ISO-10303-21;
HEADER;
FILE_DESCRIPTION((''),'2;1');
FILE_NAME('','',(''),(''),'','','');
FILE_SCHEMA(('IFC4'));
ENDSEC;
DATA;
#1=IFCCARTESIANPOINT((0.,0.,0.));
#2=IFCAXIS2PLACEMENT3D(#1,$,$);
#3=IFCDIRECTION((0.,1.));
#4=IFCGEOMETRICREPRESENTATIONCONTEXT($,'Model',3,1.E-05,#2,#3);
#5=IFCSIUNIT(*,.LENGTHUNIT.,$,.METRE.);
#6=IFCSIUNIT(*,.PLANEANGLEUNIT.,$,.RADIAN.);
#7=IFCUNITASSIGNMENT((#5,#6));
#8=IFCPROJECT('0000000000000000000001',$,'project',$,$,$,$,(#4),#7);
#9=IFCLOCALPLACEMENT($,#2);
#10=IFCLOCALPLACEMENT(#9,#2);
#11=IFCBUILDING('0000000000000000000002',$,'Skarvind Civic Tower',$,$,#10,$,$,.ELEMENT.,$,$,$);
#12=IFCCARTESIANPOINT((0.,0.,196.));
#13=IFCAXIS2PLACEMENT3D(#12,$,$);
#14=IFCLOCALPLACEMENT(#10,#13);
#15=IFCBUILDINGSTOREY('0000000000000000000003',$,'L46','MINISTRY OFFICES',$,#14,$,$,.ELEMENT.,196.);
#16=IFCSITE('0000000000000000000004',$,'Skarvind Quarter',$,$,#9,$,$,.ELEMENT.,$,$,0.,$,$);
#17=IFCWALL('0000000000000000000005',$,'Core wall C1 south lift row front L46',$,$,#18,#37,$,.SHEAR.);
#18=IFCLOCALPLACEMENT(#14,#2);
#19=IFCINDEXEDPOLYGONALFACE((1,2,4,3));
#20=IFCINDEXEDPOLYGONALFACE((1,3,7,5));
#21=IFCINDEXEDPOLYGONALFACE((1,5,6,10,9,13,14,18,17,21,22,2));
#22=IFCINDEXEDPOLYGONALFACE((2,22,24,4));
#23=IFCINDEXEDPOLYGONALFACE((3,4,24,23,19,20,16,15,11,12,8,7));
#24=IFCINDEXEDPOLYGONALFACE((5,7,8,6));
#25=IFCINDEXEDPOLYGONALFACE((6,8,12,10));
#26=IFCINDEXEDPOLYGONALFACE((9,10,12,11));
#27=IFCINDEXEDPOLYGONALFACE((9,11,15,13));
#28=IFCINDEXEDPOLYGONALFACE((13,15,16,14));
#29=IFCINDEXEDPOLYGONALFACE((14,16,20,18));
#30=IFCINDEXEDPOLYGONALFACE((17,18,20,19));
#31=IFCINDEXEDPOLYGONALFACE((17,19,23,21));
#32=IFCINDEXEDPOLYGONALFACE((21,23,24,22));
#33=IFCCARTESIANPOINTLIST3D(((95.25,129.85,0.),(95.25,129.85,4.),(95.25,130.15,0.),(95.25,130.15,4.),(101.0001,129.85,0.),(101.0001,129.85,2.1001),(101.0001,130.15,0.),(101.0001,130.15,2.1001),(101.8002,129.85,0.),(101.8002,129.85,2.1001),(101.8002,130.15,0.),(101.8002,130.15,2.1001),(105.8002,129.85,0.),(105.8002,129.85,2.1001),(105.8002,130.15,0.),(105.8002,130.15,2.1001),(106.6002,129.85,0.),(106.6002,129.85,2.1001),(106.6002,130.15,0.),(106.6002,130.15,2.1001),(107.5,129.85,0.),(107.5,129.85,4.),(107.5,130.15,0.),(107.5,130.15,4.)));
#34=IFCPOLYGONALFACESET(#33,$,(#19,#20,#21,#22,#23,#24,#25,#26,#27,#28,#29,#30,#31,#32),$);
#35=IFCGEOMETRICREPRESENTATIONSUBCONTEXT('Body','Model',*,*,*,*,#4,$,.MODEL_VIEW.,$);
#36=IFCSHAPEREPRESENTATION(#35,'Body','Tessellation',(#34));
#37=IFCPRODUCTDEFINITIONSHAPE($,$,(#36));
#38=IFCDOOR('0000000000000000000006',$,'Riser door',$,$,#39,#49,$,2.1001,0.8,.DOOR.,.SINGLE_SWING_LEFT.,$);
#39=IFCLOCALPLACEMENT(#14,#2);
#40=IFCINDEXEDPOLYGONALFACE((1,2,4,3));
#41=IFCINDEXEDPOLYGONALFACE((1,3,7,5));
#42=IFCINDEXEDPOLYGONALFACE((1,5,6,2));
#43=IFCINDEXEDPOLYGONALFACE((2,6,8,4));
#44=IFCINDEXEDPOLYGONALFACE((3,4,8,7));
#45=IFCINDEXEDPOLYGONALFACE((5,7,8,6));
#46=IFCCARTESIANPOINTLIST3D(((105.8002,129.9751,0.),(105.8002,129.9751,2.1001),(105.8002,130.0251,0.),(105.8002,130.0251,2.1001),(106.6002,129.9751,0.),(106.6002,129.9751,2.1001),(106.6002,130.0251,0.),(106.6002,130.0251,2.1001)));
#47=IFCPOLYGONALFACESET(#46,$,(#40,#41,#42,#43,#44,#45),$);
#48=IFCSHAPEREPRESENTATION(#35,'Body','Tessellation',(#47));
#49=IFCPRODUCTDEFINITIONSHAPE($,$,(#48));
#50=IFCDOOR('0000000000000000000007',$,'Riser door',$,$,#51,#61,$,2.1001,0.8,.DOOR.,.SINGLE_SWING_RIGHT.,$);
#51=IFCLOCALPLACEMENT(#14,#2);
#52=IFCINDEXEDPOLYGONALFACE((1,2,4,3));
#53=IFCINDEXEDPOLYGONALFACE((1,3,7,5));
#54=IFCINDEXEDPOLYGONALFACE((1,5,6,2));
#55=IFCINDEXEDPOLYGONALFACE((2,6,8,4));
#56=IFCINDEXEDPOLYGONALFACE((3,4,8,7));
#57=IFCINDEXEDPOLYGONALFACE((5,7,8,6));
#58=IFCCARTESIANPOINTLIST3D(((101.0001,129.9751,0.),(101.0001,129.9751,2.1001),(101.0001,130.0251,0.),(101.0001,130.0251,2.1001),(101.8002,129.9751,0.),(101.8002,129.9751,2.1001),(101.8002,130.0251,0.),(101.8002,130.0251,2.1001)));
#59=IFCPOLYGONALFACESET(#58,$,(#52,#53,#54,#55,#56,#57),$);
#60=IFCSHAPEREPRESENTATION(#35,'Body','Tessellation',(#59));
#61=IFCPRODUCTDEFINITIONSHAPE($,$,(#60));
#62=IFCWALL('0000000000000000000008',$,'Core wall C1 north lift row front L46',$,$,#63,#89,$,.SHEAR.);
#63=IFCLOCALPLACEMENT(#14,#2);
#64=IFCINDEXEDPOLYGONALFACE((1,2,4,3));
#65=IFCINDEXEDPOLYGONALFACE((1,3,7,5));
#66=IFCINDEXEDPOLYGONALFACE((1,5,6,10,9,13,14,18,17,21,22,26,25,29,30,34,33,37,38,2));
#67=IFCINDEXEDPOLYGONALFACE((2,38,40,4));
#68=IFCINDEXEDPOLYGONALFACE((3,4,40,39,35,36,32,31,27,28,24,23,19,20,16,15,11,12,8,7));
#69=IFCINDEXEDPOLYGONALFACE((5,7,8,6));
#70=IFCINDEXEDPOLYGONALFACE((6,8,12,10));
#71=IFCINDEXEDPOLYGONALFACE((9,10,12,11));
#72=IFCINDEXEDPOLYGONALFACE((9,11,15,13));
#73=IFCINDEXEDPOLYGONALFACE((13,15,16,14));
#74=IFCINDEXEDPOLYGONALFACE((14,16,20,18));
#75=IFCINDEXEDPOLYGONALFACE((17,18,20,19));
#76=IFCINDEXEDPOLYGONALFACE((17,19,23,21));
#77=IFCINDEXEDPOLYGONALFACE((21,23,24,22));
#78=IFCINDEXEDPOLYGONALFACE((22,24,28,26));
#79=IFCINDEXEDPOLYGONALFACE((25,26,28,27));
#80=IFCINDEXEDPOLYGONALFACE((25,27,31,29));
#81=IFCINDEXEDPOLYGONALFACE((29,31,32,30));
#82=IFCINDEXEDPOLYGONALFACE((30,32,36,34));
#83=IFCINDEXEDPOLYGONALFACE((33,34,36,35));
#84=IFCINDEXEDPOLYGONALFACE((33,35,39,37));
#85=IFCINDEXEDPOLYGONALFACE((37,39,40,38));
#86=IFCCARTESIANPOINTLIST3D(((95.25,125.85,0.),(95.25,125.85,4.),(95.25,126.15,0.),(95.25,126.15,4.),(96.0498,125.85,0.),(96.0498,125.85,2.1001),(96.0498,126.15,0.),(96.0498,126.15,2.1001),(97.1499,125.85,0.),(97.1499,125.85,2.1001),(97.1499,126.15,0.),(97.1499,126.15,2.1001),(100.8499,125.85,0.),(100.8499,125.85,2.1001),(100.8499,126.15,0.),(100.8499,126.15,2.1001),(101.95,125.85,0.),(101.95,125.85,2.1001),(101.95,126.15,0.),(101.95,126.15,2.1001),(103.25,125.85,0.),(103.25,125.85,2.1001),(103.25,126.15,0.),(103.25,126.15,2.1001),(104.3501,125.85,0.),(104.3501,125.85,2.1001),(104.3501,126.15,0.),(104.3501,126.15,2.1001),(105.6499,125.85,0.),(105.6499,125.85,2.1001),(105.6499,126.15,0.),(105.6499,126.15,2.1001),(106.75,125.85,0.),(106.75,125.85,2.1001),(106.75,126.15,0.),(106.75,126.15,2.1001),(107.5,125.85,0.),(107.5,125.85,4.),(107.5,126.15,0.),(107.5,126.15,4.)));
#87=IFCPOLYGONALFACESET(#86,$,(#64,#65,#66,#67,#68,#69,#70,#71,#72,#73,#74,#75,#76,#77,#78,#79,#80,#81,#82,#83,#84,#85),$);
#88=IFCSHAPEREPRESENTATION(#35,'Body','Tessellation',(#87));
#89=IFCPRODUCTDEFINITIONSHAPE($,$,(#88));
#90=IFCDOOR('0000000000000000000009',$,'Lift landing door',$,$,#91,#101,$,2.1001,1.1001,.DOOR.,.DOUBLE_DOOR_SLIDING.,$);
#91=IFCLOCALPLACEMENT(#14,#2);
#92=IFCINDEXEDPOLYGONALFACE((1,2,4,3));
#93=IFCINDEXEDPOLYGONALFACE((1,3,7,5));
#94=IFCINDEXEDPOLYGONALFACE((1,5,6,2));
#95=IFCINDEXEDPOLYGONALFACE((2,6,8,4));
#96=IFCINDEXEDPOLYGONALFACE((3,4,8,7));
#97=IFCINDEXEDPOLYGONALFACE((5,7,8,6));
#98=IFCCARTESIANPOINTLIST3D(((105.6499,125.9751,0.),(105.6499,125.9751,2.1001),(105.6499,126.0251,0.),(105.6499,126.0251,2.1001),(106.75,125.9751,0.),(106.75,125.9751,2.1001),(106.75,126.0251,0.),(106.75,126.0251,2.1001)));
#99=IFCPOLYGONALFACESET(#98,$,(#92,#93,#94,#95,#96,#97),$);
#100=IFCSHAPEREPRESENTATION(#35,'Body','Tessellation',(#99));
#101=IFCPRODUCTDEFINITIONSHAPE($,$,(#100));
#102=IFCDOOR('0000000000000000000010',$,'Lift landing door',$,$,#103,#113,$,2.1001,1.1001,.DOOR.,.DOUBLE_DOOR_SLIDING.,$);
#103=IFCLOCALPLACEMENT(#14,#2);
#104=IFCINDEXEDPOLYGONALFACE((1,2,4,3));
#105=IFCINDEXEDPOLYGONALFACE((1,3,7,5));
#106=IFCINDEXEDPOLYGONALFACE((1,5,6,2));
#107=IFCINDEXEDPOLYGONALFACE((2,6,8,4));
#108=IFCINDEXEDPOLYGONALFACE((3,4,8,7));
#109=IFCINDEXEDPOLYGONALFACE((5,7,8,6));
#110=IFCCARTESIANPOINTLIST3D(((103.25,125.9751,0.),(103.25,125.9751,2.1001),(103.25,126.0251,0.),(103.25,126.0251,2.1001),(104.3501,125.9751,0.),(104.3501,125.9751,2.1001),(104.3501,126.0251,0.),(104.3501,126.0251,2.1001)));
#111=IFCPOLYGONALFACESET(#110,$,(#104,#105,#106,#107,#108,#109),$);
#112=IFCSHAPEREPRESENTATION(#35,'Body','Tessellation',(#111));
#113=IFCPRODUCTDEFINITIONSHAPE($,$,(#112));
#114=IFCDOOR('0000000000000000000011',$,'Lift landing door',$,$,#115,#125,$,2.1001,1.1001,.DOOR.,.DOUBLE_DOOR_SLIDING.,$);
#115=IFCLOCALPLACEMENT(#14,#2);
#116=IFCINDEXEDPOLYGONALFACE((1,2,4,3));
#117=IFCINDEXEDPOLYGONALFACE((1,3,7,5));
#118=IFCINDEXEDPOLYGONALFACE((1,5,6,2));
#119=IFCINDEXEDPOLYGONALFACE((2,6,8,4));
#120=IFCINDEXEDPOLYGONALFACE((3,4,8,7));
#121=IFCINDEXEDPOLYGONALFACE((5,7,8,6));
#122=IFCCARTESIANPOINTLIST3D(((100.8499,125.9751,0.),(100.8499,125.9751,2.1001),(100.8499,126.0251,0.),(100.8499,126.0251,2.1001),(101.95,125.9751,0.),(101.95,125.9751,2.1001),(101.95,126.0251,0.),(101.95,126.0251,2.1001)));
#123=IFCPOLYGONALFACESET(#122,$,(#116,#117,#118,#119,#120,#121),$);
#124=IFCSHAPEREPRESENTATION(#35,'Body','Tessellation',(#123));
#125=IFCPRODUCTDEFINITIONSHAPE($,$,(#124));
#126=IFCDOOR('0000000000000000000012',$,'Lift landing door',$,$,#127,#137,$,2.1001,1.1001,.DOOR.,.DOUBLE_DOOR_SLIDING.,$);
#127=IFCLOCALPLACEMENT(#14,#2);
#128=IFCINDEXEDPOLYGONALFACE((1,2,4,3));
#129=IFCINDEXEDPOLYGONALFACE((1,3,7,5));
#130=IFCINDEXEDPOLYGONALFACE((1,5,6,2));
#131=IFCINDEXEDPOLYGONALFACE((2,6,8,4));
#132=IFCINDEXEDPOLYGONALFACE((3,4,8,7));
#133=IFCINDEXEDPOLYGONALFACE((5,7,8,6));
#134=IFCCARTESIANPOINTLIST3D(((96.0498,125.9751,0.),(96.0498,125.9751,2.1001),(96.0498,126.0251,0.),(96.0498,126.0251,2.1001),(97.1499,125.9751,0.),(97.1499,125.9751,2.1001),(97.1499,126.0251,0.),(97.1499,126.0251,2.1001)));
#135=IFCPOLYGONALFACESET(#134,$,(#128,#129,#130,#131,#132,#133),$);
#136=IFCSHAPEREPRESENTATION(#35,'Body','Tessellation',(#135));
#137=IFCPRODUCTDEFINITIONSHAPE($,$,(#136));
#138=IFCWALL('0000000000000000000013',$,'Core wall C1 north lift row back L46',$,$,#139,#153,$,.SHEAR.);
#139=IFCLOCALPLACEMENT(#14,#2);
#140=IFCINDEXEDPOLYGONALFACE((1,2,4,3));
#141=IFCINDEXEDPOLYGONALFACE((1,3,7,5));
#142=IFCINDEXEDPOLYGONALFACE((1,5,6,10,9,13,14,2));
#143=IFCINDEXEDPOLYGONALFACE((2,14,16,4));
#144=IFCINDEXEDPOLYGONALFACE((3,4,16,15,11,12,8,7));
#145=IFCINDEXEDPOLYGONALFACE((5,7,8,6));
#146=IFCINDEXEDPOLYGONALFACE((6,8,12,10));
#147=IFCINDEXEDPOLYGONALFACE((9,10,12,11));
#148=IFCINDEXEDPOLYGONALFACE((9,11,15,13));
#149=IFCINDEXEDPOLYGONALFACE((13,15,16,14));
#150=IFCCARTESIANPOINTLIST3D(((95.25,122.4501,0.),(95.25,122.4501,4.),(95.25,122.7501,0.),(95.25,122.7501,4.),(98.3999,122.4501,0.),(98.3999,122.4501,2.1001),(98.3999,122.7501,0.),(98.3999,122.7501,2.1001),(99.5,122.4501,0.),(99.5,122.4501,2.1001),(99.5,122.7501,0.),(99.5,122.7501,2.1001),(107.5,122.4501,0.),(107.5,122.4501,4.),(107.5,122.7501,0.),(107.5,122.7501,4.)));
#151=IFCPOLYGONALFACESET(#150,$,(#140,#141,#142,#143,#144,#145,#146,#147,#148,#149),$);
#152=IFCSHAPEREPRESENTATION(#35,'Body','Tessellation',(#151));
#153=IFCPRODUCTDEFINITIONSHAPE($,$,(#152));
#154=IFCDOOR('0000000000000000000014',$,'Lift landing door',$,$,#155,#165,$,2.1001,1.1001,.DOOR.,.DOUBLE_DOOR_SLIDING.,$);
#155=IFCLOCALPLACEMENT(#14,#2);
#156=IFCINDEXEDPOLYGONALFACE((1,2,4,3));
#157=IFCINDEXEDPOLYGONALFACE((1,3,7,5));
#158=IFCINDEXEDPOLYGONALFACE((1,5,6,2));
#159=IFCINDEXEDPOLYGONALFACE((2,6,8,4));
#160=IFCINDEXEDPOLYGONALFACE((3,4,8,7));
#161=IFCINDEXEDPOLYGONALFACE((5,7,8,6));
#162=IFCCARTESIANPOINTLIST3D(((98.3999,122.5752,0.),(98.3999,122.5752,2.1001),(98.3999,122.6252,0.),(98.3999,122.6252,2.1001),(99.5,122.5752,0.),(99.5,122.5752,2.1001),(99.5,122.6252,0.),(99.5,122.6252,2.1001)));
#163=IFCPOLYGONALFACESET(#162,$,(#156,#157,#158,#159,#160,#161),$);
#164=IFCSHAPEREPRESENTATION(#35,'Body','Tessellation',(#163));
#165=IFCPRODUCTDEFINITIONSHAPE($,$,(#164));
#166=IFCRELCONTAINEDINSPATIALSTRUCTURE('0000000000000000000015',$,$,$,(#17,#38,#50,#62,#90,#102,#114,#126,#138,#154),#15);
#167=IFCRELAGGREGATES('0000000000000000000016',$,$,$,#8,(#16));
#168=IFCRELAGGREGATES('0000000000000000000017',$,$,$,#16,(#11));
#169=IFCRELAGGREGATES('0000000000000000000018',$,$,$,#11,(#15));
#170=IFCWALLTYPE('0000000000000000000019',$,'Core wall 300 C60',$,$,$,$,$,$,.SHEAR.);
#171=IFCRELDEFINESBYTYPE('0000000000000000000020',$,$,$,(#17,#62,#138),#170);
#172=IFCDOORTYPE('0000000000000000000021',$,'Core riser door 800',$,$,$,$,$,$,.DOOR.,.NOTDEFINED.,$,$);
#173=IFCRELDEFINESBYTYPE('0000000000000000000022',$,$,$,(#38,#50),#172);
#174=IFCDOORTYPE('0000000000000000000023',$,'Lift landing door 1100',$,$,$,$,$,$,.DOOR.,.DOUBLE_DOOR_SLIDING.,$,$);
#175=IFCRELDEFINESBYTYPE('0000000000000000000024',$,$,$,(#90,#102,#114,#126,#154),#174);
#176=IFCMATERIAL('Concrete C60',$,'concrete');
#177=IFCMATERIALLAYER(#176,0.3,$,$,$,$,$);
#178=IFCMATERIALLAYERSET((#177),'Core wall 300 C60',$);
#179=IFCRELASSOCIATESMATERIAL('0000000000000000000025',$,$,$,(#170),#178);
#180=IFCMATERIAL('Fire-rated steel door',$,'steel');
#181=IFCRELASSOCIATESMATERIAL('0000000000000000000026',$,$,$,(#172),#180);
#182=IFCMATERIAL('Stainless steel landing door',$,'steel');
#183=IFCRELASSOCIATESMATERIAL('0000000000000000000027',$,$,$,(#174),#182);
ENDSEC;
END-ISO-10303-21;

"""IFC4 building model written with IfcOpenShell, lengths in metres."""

from ifc_helpers import new_model, si_unit, direction, frame, frame_2d, origin, place, context, subcontext, project, spatial, rectangle, extrude, material, layer, layer_set, type_object, element, fill, save


model = new_model("IFC4")

# Units and contexts
model_context = context("Model", 3, precision=1e-05, world=origin(), true_north=direction((0.0, 1.0)))
body_context = subcontext(model_context, "Body", "Model", "MODEL_VIEW")
ifc_project = project(units=[si_unit("LENGTHUNIT", "METRE"), si_unit("PLANEANGLEUNIT", "RADIAN")], contexts=[model_context])

# Site, building, storey
site_placement = place(None, origin())
site = spatial("IfcSite", under=ifc_project, at=site_placement, Name="Skarvind Quarter", CompositionType="ELEMENT", RefElevation=0.0)
building_placement = place(site_placement, origin())
building = spatial("IfcBuilding", under=site, at=building_placement, Name="Skarvind Civic Tower", CompositionType="ELEMENT")
storey_placement = place(building_placement, frame((0.0, 0.0, 196.0)))
storey = spatial("IfcBuildingStorey", under=building, at=storey_placement, Name="L46", Description="MINISTRY OFFICES", CompositionType="ELEMENT", Elevation=196.0)

# Walls, openings, doors
ifc_material_1 = material(Name="Concrete C60", Category="concrete")
ifc_layer_1 = layer(ifc_material_1, 0.3)
ifc_layer_set_1 = layer_set([ifc_layer_1], Name="Core wall 300 C60")
wall_type_1 = type_object("IfcWallType", Name="Core wall 300 C60", PredefinedType="SHEAR", material=ifc_layer_set_1)
wall_1_placement = place(storey_placement, frame((107.5, 130.0, 0.0), z_axis=(0.0, 0.0, 1.0), x_axis=(-1.0, 0.0, 0.0)))
wall_1 = element("IfcWall", 1, at=wall_1_placement, inside=storey, type_object=wall_type_1, Name="Core wall C1 south lift row front L46", PredefinedType="SHEAR", context=body_context, shape_type="SweptSolid", body=[
    extrude(rectangle(XDim=12.25, YDim=0.3, at=frame_2d((6.125, 0.0))), origin(), (0.0, 0.0, 1.0), 4.0),
])
opening_1_placement = place(wall_1_placement, frame((0.8999, 0.0, 0.0)))
opening_1 = element("IfcOpeningElement", 2, at=opening_1_placement, cuts=wall_1, PredefinedType="OPENING", context=body_context, shape_type="SweptSolid", body=[
    extrude(rectangle(XDim=0.8, YDim=2.1001, at=frame_2d((0.3999, 1.05))), frame((0.0, 0.1599, 0.0), z_axis=(0.0, -1.0, 0.0), x_axis=(1.0, 0.0, 0.0)), (0.0, 0.0, 1.0), 0.3201),
])
opening_2_placement = place(wall_1_placement, frame((5.7, 0.0, 0.0)))
opening_2 = element("IfcOpeningElement", 3, at=opening_2_placement, cuts=wall_1, PredefinedType="OPENING", context=body_context, shape_type="SweptSolid", body=[
    extrude(rectangle(XDim=0.8, YDim=2.1001, at=frame_2d((0.3999, 1.05))), frame((0.0, 0.1599, 0.0), z_axis=(0.0, -1.0, 0.0), x_axis=(1.0, 0.0, 0.0)), (0.0, 0.0, 1.0), 0.3201),
])
ifc_material_2 = material(Name="Fire-rated steel door", Category="steel")
door_type_1 = type_object("IfcDoorType", Name="Core riser door 800", OperationType="NOTDEFINED", PredefinedType="DOOR", material=ifc_material_2)
door_1_placement = place(opening_1_placement, origin())
door_1 = element("IfcDoor", 4, at=door_1_placement, inside=storey, type_object=door_type_1, Name="Riser door", OperationType="SINGLE_SWING_LEFT", OverallHeight=2.1001, OverallWidth=0.8, PredefinedType="DOOR", context=body_context, shape_type="SweptSolid", body=[
    extrude(rectangle(XDim=0.8, YDim=2.1001, at=frame_2d((0.3999, 1.05))), frame((0.0, 0.0249, 0.0), z_axis=(0.0, -1.0, 0.0), x_axis=(1.0, 0.0, 0.0)), (0.0, 0.0, 1.0), 0.05),
])
fill(opening_1, door_1)
door_2_placement = place(opening_2_placement, origin())
door_2 = element("IfcDoor", 5, at=door_2_placement, inside=storey, type_object=door_type_1, Name="Riser door", OperationType="SINGLE_SWING_RIGHT", OverallHeight=2.1001, OverallWidth=0.8, PredefinedType="DOOR", context=body_context, shape_type="SweptSolid", body=[
    extrude(rectangle(XDim=0.8, YDim=2.1001, at=frame_2d((0.3999, 1.05))), frame((0.0, 0.0249, 0.0), z_axis=(0.0, -1.0, 0.0), x_axis=(1.0, 0.0, 0.0)), (0.0, 0.0, 1.0), 0.05),
])
fill(opening_2, door_2)
wall_2_placement = place(storey_placement, frame((107.5, 126.0, 0.0), z_axis=(0.0, 0.0, 1.0), x_axis=(-1.0, 0.0, 0.0)))
wall_2 = element("IfcWall", 6, at=wall_2_placement, inside=storey, type_object=wall_type_1, Name="Core wall C1 north lift row front L46", PredefinedType="SHEAR", context=body_context, shape_type="SweptSolid", body=[
    extrude(rectangle(XDim=12.25, YDim=0.3, at=frame_2d((6.125, 0.0))), origin(), (0.0, 0.0, 1.0), 4.0),
])
opening_3_placement = place(wall_2_placement, frame((0.75, 0.0, 0.0)))
opening_3 = element("IfcOpeningElement", 7, at=opening_3_placement, cuts=wall_2, PredefinedType="OPENING", context=body_context, shape_type="SweptSolid", body=[
    extrude(rectangle(XDim=1.1001, YDim=2.1001, at=frame_2d((0.55, 1.05))), frame((0.0, 0.1599, 0.0), z_axis=(0.0, -1.0, 0.0), x_axis=(1.0, 0.0, 0.0)), (0.0, 0.0, 1.0), 0.3201),
])
opening_4_placement = place(wall_2_placement, frame((3.1499, 0.0, 0.0)))
opening_4 = element("IfcOpeningElement", 8, at=opening_4_placement, cuts=wall_2, PredefinedType="OPENING", context=body_context, shape_type="SweptSolid", body=[
    extrude(rectangle(XDim=1.1001, YDim=2.1001, at=frame_2d((0.55, 1.05))), frame((0.0, 0.1599, 0.0), z_axis=(0.0, -1.0, 0.0), x_axis=(1.0, 0.0, 0.0)), (0.0, 0.0, 1.0), 0.3201),
])
opening_5_placement = place(wall_2_placement, frame((5.55, 0.0, 0.0)))
opening_5 = element("IfcOpeningElement", 9, at=opening_5_placement, cuts=wall_2, PredefinedType="OPENING", context=body_context, shape_type="SweptSolid", body=[
    extrude(rectangle(XDim=1.1001, YDim=2.1001, at=frame_2d((0.55, 1.05))), frame((0.0, 0.1599, 0.0), z_axis=(0.0, -1.0, 0.0), x_axis=(1.0, 0.0, 0.0)), (0.0, 0.0, 1.0), 0.3201),
])
opening_6_placement = place(wall_2_placement, frame((10.3501, 0.0, 0.0)))
opening_6 = element("IfcOpeningElement", 10, at=opening_6_placement, cuts=wall_2, PredefinedType="OPENING", context=body_context, shape_type="SweptSolid", body=[
    extrude(rectangle(XDim=1.1001, YDim=2.1001, at=frame_2d((0.55, 1.05))), frame((0.0, 0.1599, 0.0), z_axis=(0.0, -1.0, 0.0), x_axis=(1.0, 0.0, 0.0)), (0.0, 0.0, 1.0), 0.3201),
])
ifc_material_3 = material(Name="Stainless steel landing door", Category="steel")
door_type_2 = type_object("IfcDoorType", Name="Lift landing door 1100", OperationType="DOUBLE_DOOR_SLIDING", PredefinedType="DOOR", material=ifc_material_3)
door_3_placement = place(opening_3_placement, origin())
door_3 = element("IfcDoor", 11, at=door_3_placement, inside=storey, type_object=door_type_2, Name="Lift landing door", OperationType="DOUBLE_DOOR_SLIDING", OverallHeight=2.1001, OverallWidth=1.1001, PredefinedType="DOOR", context=body_context, shape_type="SweptSolid", body=[
    extrude(rectangle(XDim=1.1001, YDim=2.1001, at=frame_2d((0.55, 1.05))), frame((0.0, 0.0249, 0.0), z_axis=(0.0, -1.0, 0.0), x_axis=(1.0, 0.0, 0.0)), (0.0, 0.0, 1.0), 0.05),
])
fill(opening_3, door_3)
door_4_placement = place(opening_4_placement, origin())
door_4 = element("IfcDoor", 12, at=door_4_placement, inside=storey, type_object=door_type_2, Name="Lift landing door", OperationType="DOUBLE_DOOR_SLIDING", OverallHeight=2.1001, OverallWidth=1.1001, PredefinedType="DOOR", context=body_context, shape_type="SweptSolid", body=[
    extrude(rectangle(XDim=1.1001, YDim=2.1001, at=frame_2d((0.55, 1.05))), frame((0.0, 0.0249, 0.0), z_axis=(0.0, -1.0, 0.0), x_axis=(1.0, 0.0, 0.0)), (0.0, 0.0, 1.0), 0.05),
])
fill(opening_4, door_4)
door_5_placement = place(opening_5_placement, origin())
door_5 = element("IfcDoor", 13, at=door_5_placement, inside=storey, type_object=door_type_2, Name="Lift landing door", OperationType="DOUBLE_DOOR_SLIDING", OverallHeight=2.1001, OverallWidth=1.1001, PredefinedType="DOOR", context=body_context, shape_type="SweptSolid", body=[
    extrude(rectangle(XDim=1.1001, YDim=2.1001, at=frame_2d((0.55, 1.05))), frame((0.0, 0.0249, 0.0), z_axis=(0.0, -1.0, 0.0), x_axis=(1.0, 0.0, 0.0)), (0.0, 0.0, 1.0), 0.05),
])
fill(opening_5, door_5)
door_6_placement = place(opening_6_placement, origin())
door_6 = element("IfcDoor", 14, at=door_6_placement, inside=storey, type_object=door_type_2, Name="Lift landing door", OperationType="DOUBLE_DOOR_SLIDING", OverallHeight=2.1001, OverallWidth=1.1001, PredefinedType="DOOR", context=body_context, shape_type="SweptSolid", body=[
    extrude(rectangle(XDim=1.1001, YDim=2.1001, at=frame_2d((0.55, 1.05))), frame((0.0, 0.0249, 0.0), z_axis=(0.0, -1.0, 0.0), x_axis=(1.0, 0.0, 0.0)), (0.0, 0.0, 1.0), 0.05),
])
fill(opening_6, door_6)

# Wall, opening, door
wall_3_placement = place(storey_placement, frame((107.5, 122.6001, 0.0), z_axis=(0.0, 0.0, 1.0), x_axis=(-1.0, 0.0, 0.0)))
wall_3 = element("IfcWall", 15, at=wall_3_placement, inside=storey, type_object=wall_type_1, Name="Core wall C1 north lift row back L46", PredefinedType="SHEAR", context=body_context, shape_type="SweptSolid", body=[
    extrude(rectangle(XDim=12.25, YDim=0.3, at=frame_2d((6.125, 0.0))), origin(), (0.0, 0.0, 1.0), 4.0),
])
opening_7_placement = place(wall_3_placement, frame((8.0, 0.0, 0.0)))
opening_7 = element("IfcOpeningElement", 16, at=opening_7_placement, cuts=wall_3, PredefinedType="OPENING", context=body_context, shape_type="SweptSolid", body=[
    extrude(rectangle(XDim=1.1001, YDim=2.1001, at=frame_2d((0.55, 1.05))), frame((0.0, 0.1599, 0.0), z_axis=(0.0, -1.0, 0.0), x_axis=(1.0, 0.0, 0.0)), (0.0, 0.0, 1.0), 0.3201),
])
door_7_placement = place(opening_7_placement, origin())
door_7 = element("IfcDoor", 17, at=door_7_placement, inside=storey, type_object=door_type_2, Name="Lift landing door", OperationType="DOUBLE_DOOR_SLIDING", OverallHeight=2.1001, OverallWidth=1.1001, PredefinedType="DOOR", context=body_context, shape_type="SweptSolid", body=[
    extrude(rectangle(XDim=1.1001, YDim=2.1001, at=frame_2d((0.55, 1.05))), frame((0.0, 0.0249, 0.0), z_axis=(0.0, -1.0, 0.0), x_axis=(1.0, 0.0, 0.0)), (0.0, 0.0, 1.0), 0.05),
])
fill(opening_7, door_7)

save(model, "model.ifc")
